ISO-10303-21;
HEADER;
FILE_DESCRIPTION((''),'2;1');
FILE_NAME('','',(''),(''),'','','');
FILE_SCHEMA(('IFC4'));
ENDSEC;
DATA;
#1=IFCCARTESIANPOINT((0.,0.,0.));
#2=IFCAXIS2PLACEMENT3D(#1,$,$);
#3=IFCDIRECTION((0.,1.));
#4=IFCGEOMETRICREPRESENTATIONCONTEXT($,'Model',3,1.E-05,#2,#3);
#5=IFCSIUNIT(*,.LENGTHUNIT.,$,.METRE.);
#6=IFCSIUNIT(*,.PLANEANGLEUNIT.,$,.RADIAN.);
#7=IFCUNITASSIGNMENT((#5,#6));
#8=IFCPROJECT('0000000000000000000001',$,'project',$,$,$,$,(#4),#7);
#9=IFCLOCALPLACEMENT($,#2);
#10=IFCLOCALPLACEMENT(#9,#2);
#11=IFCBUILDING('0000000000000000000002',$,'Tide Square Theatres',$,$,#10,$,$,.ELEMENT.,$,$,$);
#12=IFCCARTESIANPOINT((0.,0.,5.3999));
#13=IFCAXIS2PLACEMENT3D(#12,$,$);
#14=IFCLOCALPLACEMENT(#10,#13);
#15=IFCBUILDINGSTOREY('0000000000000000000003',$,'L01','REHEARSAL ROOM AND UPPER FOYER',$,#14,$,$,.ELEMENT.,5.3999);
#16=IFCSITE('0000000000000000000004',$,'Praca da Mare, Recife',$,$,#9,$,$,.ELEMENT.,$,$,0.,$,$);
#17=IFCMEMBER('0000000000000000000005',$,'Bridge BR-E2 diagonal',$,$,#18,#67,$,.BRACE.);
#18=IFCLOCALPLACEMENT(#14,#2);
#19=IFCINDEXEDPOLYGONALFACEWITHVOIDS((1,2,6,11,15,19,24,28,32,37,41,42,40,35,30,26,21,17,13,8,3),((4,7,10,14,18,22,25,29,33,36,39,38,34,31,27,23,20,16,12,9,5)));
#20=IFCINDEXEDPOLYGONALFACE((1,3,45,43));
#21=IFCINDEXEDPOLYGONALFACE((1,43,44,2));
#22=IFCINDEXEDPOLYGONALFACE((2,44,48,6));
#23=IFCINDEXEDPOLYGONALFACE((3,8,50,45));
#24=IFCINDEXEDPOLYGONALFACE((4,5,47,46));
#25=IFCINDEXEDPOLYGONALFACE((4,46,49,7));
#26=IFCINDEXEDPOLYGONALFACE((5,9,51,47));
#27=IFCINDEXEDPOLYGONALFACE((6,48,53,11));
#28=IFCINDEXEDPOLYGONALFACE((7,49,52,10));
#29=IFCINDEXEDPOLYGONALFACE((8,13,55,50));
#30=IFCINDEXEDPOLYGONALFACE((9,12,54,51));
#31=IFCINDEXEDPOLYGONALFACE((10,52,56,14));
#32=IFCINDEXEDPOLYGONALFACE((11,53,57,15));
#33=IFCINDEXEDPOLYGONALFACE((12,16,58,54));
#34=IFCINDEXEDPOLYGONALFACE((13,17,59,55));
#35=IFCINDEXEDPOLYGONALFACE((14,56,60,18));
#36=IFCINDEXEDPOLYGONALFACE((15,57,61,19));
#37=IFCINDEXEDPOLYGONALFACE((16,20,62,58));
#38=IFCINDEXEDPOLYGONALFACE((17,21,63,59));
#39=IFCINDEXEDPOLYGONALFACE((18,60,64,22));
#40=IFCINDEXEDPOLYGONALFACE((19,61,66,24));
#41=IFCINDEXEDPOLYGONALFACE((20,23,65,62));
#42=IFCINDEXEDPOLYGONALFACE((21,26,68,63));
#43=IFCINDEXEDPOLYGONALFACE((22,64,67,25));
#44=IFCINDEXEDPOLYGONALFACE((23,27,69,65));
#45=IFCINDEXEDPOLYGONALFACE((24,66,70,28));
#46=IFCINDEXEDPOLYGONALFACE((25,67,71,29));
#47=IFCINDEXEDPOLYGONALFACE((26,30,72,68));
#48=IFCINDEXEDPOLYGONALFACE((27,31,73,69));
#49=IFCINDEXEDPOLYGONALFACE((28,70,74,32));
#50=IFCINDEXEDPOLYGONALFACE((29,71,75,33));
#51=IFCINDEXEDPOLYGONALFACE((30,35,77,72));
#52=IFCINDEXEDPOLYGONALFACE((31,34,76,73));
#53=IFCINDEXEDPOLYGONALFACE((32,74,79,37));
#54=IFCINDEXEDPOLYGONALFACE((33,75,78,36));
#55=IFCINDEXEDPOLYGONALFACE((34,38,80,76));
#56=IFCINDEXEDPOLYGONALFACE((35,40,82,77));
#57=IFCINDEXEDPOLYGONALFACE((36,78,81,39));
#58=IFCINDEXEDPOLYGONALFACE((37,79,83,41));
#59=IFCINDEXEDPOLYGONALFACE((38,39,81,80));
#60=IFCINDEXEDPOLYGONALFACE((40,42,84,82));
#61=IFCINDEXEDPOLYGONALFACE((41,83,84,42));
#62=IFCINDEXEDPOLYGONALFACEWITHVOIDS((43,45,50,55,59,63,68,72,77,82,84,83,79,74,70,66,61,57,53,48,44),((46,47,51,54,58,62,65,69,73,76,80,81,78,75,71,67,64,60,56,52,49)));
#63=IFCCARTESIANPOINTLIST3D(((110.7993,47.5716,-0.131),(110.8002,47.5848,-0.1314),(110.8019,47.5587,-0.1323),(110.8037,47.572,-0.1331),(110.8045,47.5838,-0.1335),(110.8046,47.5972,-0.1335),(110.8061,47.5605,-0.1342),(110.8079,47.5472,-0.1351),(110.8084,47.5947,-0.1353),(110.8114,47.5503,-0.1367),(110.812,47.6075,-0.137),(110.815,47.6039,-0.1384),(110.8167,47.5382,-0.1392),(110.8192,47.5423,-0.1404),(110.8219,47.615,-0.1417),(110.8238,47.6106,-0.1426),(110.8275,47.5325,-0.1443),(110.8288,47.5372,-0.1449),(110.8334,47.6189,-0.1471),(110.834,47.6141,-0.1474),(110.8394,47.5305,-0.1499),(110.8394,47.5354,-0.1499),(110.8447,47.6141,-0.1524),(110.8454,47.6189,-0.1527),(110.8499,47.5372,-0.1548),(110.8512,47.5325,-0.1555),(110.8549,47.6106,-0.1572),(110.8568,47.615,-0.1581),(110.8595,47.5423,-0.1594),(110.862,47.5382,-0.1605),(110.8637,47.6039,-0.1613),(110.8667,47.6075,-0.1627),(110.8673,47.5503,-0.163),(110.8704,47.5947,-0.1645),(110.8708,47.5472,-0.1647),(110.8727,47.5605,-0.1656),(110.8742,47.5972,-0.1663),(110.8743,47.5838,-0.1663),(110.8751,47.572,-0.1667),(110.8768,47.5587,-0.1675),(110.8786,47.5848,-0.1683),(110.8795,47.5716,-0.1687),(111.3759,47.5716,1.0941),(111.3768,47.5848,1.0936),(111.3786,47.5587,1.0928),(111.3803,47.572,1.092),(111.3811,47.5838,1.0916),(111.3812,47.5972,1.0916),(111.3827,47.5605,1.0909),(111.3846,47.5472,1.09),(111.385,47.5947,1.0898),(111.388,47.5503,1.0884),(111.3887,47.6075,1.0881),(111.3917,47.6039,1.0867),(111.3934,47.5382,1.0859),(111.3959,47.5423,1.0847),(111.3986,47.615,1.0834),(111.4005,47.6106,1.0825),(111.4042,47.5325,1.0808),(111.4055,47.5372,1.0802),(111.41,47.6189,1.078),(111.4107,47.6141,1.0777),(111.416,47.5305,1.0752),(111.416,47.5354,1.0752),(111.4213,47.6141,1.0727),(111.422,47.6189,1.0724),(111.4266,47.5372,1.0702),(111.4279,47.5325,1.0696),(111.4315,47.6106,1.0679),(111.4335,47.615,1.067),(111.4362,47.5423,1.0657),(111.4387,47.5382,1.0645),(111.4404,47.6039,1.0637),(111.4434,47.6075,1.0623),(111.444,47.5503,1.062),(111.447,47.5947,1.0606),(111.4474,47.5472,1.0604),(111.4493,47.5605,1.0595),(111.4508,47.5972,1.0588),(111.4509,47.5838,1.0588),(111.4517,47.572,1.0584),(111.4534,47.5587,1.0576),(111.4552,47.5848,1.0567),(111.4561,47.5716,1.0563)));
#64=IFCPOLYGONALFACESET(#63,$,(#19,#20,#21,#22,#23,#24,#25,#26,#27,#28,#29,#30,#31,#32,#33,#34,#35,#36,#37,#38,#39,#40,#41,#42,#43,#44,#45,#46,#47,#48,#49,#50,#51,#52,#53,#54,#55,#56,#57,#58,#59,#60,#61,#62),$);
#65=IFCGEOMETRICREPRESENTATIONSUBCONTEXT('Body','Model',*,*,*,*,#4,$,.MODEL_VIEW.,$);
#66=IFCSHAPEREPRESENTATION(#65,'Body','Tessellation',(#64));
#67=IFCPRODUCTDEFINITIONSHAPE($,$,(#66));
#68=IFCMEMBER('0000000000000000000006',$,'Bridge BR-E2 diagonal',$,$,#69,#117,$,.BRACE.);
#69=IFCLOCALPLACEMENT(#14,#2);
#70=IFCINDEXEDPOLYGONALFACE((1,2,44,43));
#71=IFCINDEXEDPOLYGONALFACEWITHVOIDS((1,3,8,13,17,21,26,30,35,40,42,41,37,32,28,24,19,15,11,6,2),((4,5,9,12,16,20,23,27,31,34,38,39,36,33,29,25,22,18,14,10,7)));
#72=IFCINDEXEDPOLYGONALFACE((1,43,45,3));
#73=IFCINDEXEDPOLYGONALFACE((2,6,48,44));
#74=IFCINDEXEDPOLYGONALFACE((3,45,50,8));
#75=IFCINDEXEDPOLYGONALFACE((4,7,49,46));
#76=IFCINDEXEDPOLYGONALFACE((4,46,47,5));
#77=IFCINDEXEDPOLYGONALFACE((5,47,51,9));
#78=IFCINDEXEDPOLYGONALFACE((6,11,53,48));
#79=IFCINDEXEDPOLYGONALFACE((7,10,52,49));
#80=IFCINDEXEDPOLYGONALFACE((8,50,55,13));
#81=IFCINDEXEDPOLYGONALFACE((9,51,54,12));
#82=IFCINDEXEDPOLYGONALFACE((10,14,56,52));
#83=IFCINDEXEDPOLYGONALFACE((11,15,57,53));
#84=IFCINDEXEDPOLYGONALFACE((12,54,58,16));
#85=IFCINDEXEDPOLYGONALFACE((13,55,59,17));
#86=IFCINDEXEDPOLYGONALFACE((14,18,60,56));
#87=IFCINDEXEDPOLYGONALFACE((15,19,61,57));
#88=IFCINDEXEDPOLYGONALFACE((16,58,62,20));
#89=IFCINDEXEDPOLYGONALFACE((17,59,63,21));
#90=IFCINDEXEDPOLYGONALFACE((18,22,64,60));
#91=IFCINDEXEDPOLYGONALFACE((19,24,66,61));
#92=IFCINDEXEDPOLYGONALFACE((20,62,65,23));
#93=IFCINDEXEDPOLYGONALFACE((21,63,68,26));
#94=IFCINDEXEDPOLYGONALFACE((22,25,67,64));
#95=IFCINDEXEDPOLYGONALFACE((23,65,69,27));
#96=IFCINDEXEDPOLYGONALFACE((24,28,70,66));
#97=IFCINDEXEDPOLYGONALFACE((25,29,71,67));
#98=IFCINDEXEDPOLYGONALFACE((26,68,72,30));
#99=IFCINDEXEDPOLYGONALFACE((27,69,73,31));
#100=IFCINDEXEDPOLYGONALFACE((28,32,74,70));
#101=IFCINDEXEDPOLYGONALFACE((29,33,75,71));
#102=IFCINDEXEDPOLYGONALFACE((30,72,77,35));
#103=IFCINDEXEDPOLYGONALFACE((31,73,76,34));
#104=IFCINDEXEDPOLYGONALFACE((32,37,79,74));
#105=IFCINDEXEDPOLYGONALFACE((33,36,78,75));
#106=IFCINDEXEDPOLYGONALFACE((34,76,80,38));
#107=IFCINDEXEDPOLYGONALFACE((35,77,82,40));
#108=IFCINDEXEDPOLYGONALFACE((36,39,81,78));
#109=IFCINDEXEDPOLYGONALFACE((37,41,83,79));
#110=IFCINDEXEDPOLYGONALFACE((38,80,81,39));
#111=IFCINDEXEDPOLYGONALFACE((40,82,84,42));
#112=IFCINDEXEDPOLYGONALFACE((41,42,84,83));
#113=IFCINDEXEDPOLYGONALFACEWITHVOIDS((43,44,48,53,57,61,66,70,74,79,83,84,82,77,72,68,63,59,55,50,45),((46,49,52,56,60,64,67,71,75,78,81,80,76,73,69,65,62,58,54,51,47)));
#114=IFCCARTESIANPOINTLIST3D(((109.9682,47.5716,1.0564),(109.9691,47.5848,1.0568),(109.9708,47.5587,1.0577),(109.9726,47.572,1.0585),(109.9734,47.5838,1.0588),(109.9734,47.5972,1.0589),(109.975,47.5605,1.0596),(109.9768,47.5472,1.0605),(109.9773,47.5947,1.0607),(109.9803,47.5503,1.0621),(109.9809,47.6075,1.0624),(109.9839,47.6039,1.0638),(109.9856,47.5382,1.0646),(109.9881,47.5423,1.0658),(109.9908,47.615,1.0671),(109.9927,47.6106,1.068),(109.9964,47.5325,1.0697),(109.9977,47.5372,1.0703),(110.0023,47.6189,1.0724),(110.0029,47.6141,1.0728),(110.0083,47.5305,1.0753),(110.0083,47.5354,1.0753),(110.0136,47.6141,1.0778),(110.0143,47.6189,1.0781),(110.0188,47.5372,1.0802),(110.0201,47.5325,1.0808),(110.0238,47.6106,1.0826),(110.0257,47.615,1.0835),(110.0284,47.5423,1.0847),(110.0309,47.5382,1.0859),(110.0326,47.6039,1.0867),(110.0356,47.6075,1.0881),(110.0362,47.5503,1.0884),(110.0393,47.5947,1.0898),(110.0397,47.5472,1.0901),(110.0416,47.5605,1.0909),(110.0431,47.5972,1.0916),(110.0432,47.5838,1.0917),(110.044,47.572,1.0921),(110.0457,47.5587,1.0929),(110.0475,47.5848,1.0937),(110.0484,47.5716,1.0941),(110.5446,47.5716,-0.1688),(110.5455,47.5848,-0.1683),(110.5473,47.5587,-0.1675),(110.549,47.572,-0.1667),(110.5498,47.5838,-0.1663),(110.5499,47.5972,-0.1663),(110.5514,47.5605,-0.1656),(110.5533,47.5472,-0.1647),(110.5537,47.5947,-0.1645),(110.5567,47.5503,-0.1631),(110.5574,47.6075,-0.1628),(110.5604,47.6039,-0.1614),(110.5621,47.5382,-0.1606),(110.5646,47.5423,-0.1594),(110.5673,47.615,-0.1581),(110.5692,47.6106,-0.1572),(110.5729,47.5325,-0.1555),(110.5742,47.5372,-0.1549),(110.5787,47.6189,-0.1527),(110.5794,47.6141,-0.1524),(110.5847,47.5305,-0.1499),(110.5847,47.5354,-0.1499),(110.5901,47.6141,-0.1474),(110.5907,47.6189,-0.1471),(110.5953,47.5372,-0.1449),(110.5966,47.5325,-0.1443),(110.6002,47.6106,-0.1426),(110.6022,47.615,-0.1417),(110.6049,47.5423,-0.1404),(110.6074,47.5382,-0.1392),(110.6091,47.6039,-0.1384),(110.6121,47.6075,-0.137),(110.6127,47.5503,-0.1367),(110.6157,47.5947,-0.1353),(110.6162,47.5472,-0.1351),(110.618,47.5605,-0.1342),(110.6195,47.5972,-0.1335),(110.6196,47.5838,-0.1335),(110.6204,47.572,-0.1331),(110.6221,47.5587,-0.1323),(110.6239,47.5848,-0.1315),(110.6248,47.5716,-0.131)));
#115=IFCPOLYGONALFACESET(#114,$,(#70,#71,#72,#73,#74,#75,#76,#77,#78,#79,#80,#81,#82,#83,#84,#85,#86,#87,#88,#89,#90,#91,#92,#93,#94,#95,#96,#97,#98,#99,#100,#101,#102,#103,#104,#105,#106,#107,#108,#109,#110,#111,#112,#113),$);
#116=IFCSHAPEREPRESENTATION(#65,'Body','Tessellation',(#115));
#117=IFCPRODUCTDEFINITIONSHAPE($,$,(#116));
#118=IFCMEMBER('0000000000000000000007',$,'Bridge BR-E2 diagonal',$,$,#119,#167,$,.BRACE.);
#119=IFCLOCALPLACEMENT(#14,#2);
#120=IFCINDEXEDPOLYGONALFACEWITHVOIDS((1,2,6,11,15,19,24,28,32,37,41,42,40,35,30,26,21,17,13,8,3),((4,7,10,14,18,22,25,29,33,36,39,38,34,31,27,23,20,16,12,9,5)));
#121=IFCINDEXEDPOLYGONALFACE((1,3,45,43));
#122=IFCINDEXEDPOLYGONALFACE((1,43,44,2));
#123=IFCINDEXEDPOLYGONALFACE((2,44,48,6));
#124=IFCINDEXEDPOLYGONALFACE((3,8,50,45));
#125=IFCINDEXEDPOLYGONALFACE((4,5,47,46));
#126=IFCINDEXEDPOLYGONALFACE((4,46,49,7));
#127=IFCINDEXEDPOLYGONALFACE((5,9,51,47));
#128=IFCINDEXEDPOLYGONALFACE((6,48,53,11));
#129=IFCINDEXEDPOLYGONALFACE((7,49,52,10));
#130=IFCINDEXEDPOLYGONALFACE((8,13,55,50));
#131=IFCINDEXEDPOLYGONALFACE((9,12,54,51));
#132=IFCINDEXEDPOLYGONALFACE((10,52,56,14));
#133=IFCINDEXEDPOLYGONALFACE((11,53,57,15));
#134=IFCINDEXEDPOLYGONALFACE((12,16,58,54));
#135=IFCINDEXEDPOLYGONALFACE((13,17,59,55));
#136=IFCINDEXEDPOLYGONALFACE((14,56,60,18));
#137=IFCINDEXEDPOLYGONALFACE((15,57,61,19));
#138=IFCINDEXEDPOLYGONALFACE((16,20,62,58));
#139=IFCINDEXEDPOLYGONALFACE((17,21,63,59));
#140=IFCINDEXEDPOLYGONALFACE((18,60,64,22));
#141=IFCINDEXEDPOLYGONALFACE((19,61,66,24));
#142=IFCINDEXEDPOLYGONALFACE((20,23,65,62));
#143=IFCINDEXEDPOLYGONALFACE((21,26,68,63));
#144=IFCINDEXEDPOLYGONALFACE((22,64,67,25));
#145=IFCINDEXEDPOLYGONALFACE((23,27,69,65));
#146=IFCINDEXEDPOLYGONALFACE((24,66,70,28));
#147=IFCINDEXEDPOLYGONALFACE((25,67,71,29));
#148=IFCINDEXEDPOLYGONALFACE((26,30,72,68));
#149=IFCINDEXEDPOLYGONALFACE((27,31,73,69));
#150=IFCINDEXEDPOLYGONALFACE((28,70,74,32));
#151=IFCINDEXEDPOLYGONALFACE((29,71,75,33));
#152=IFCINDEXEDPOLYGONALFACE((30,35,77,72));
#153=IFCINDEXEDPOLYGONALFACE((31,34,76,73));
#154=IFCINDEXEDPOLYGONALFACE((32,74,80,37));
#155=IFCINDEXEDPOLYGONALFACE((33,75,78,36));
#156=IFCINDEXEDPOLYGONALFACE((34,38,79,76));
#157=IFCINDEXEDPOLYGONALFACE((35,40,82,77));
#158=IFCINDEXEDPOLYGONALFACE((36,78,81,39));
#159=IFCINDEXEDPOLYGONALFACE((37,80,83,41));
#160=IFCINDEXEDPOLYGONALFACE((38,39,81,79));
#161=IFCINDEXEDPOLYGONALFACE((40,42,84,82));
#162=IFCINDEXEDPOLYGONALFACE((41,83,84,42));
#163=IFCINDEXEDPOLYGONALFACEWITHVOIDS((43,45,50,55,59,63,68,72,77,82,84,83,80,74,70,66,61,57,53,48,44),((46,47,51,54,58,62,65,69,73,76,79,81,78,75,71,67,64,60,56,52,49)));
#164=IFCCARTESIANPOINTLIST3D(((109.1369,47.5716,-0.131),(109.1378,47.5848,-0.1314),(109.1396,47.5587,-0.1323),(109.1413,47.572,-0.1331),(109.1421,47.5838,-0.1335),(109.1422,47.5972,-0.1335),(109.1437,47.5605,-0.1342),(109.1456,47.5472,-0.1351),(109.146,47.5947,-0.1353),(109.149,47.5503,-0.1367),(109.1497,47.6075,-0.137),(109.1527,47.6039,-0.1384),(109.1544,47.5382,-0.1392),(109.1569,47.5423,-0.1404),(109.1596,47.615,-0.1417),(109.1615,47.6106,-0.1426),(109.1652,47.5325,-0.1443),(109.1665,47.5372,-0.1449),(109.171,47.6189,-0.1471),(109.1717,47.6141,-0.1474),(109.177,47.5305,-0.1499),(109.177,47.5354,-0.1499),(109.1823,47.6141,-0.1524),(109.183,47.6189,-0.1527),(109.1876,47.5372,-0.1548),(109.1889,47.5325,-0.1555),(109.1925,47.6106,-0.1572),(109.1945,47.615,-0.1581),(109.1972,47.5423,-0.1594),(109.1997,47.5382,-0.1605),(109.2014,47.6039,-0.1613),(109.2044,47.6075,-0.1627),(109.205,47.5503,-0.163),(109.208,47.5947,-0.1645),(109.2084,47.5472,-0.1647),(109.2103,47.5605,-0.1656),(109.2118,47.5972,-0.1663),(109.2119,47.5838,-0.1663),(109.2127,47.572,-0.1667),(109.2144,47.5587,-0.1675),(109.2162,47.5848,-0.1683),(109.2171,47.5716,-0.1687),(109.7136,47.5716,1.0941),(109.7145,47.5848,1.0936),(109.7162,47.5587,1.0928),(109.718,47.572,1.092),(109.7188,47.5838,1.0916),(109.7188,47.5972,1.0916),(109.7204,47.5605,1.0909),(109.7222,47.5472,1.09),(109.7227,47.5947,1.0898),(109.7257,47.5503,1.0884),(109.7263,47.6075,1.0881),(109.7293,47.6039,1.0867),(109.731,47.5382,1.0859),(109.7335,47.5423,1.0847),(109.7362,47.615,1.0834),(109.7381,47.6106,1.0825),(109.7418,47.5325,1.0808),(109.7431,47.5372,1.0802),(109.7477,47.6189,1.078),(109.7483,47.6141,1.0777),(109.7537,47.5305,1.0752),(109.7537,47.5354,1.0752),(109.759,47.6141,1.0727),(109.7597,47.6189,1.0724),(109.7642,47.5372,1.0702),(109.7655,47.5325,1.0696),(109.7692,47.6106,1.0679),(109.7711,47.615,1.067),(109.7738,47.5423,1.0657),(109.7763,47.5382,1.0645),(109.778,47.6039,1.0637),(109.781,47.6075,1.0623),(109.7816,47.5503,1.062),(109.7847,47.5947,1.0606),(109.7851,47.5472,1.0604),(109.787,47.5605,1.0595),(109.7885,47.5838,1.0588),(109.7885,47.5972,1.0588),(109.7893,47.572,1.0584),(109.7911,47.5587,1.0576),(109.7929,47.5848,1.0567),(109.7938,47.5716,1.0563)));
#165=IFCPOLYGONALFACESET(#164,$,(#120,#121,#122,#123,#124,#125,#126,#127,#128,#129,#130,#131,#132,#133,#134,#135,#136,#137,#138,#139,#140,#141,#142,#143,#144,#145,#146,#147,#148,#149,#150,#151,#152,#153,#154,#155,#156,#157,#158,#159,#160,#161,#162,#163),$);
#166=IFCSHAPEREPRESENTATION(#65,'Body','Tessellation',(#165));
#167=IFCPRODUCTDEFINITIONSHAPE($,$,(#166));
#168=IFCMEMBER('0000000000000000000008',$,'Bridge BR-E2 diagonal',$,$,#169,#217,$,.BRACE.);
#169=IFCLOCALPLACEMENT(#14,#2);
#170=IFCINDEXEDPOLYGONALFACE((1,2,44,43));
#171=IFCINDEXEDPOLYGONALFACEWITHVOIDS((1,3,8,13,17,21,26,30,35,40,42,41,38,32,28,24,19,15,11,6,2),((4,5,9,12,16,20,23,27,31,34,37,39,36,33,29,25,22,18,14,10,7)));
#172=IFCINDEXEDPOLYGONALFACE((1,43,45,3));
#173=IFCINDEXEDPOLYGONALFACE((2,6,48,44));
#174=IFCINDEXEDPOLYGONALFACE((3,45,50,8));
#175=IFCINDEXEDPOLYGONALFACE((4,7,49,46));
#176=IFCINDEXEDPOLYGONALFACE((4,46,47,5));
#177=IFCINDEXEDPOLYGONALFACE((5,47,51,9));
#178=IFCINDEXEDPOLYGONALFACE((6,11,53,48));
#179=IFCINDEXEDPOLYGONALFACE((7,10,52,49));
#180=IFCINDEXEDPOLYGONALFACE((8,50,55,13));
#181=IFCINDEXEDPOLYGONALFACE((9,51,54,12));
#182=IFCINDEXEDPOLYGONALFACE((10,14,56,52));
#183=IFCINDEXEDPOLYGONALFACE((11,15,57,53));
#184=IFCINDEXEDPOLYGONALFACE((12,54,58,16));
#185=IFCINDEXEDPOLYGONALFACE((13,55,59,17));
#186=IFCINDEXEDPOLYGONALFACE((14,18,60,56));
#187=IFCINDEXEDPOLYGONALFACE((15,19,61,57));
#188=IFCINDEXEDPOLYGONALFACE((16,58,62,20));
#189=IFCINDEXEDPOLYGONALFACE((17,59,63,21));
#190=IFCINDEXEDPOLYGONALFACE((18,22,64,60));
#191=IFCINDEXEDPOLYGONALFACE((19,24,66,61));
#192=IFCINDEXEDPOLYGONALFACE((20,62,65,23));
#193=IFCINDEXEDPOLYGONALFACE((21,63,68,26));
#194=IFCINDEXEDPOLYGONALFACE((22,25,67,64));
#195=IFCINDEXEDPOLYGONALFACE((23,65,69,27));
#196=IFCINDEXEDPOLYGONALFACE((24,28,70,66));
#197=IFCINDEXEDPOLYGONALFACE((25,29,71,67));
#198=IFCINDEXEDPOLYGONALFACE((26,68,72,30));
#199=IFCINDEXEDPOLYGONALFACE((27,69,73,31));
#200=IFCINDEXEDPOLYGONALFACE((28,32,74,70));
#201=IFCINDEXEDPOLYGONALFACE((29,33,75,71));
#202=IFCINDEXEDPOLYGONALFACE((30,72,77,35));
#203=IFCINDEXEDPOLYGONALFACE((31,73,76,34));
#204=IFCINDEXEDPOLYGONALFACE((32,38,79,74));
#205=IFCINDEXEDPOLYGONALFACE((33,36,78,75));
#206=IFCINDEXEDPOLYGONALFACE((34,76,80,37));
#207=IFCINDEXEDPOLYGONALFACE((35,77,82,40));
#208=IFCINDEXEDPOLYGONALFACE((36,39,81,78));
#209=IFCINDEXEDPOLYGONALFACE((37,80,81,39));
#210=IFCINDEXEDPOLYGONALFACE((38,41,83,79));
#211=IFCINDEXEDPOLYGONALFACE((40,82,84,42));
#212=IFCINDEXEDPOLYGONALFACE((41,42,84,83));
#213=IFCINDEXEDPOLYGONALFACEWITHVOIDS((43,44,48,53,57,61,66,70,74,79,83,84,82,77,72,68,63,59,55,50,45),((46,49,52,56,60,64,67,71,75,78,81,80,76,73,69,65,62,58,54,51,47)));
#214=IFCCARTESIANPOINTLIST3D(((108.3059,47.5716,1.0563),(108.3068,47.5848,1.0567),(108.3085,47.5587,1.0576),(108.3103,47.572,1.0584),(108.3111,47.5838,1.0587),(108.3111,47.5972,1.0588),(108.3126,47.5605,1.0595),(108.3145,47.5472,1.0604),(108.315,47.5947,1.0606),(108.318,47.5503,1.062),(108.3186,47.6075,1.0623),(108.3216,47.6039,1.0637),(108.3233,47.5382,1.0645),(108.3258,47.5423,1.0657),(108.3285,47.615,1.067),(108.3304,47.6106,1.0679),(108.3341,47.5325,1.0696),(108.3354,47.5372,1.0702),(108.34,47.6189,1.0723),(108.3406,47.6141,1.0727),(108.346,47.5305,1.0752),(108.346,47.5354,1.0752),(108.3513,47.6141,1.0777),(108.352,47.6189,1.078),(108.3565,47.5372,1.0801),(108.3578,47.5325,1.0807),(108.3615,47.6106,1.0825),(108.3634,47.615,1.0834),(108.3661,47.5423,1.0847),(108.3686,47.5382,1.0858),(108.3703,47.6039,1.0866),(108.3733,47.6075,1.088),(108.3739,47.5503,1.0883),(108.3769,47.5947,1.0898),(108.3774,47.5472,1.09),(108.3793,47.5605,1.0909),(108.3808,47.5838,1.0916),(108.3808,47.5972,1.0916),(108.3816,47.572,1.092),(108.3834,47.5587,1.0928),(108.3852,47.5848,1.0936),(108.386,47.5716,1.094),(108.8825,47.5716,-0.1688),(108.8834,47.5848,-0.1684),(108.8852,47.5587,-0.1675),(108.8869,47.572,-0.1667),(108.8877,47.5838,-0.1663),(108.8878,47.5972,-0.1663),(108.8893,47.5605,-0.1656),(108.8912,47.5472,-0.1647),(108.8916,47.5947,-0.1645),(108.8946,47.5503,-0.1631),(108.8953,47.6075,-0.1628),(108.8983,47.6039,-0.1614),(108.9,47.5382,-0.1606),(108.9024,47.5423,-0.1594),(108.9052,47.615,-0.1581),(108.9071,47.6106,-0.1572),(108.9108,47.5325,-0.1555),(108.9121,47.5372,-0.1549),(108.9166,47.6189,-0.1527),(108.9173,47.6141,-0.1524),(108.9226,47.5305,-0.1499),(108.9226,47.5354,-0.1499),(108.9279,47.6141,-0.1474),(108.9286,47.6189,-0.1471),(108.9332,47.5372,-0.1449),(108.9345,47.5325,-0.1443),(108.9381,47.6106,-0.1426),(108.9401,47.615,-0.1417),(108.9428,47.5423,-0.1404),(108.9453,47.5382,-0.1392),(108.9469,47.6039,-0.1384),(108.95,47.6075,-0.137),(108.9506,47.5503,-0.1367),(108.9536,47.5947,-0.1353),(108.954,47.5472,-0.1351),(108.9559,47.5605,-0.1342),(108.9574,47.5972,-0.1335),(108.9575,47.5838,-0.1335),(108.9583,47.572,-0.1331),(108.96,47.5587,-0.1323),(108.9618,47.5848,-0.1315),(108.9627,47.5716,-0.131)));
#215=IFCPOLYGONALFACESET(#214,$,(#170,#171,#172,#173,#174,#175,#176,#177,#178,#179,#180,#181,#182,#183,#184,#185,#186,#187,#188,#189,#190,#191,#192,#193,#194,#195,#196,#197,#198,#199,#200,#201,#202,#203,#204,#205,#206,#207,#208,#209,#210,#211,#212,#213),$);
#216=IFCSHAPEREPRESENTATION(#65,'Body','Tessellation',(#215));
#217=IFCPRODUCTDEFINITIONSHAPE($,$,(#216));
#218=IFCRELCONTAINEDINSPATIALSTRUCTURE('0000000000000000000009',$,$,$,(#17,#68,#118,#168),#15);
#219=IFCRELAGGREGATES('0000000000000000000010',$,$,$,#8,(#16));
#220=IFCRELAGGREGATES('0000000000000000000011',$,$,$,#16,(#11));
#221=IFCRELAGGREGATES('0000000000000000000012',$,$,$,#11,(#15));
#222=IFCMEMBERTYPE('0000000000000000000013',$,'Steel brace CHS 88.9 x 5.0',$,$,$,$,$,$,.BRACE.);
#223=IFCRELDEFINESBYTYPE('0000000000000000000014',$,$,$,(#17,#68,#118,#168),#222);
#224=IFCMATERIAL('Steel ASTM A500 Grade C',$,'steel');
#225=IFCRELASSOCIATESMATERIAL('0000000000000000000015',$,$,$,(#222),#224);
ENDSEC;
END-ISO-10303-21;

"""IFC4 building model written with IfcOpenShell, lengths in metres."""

from ifc_helpers import new_model, si_unit, direction, frame, origin, origin_2d, place, context, subcontext, project, spatial, hollow_circle, extrude, material, material_profile, profile_set, type_object, element, save


model = new_model("IFC4")

# Units and contexts
model_context = context("Model", 3, precision=1e-05, world=origin(), true_north=direction((0.0, 1.0)))
body_context = subcontext(model_context, "Body", "Model", "MODEL_VIEW")
ifc_project = project(units=[si_unit("LENGTHUNIT", "METRE"), si_unit("PLANEANGLEUNIT", "RADIAN")], contexts=[model_context])

# Site, building, storey
site_placement = place(None, origin())
site = spatial("IfcSite", under=ifc_project, at=site_placement, Name="Praca da Mare, Recife", CompositionType="ELEMENT", RefElevation=0.0)
building_placement = place(site_placement, origin())
building = spatial("IfcBuilding", under=site, at=building_placement, Name="Tide Square Theatres", CompositionType="ELEMENT")
storey_placement = place(building_placement, frame((0.0, 0.0, 5.3999)))
storey = spatial("IfcBuildingStorey", under=building, at=storey_placement, Name="L01", Description="REHEARSAL ROOM AND UPPER FOYER", CompositionType="ELEMENT", Elevation=5.3999)

# Members
ifc_material_1 = material(Name="Steel ASTM A500 Grade C", Category="steel")
ifc_material_profile_1 = material_profile(ifc_material_1, hollow_circle(Radius=0.0444, WallThickness=0.0049, at=origin_2d()))
ifc_profile_set_1 = profile_set([ifc_material_profile_1], Name="Steel ASTM A500 Grade C")
member_type_1 = type_object("IfcMemberType", Name="Steel brace CHS 88.9 x 5.0", PredefinedType="BRACE", material=ifc_profile_set_1)
for number, where, z_axis, x_axis, name in (
    (1, (111.416, 47.575, 1.0752), (-0.425884, 0.0, -0.904778), (0.0, -1.0, 0.0), "Bridge BR-E2 diagonal"),
    (2, (110.5847, 47.575, -0.1499), (-0.425736, 0.0, 0.904847), (0.0, -1.0, 0.0), "Bridge BR-E2 diagonal"),
    (3, (109.7537, 47.575, 1.0752), (-0.425884, 0.0, -0.904778), (0.0, -1.0, 0.0), "Bridge BR-E2 diagonal"),
    (4, (108.9226, 47.575, -0.1499), (-0.425884, 0.0, 0.904778), (0.0, -1.0, 0.0), "Bridge BR-E2 diagonal"),
):
    element("IfcMember", number, at=place(storey_placement, frame(where, z_axis=z_axis, x_axis=x_axis)), inside=storey, type_object=member_type_1, Name=name, PredefinedType="BRACE", context=body_context, shape_type="SweptSolid", body=[
        extrude(hollow_circle(Radius=0.0444, WallThickness=0.0049, at=origin_2d()), origin(), (0.0, 0.0, 1.0), 1.354),
    ])

save(model, "model.ifc")
